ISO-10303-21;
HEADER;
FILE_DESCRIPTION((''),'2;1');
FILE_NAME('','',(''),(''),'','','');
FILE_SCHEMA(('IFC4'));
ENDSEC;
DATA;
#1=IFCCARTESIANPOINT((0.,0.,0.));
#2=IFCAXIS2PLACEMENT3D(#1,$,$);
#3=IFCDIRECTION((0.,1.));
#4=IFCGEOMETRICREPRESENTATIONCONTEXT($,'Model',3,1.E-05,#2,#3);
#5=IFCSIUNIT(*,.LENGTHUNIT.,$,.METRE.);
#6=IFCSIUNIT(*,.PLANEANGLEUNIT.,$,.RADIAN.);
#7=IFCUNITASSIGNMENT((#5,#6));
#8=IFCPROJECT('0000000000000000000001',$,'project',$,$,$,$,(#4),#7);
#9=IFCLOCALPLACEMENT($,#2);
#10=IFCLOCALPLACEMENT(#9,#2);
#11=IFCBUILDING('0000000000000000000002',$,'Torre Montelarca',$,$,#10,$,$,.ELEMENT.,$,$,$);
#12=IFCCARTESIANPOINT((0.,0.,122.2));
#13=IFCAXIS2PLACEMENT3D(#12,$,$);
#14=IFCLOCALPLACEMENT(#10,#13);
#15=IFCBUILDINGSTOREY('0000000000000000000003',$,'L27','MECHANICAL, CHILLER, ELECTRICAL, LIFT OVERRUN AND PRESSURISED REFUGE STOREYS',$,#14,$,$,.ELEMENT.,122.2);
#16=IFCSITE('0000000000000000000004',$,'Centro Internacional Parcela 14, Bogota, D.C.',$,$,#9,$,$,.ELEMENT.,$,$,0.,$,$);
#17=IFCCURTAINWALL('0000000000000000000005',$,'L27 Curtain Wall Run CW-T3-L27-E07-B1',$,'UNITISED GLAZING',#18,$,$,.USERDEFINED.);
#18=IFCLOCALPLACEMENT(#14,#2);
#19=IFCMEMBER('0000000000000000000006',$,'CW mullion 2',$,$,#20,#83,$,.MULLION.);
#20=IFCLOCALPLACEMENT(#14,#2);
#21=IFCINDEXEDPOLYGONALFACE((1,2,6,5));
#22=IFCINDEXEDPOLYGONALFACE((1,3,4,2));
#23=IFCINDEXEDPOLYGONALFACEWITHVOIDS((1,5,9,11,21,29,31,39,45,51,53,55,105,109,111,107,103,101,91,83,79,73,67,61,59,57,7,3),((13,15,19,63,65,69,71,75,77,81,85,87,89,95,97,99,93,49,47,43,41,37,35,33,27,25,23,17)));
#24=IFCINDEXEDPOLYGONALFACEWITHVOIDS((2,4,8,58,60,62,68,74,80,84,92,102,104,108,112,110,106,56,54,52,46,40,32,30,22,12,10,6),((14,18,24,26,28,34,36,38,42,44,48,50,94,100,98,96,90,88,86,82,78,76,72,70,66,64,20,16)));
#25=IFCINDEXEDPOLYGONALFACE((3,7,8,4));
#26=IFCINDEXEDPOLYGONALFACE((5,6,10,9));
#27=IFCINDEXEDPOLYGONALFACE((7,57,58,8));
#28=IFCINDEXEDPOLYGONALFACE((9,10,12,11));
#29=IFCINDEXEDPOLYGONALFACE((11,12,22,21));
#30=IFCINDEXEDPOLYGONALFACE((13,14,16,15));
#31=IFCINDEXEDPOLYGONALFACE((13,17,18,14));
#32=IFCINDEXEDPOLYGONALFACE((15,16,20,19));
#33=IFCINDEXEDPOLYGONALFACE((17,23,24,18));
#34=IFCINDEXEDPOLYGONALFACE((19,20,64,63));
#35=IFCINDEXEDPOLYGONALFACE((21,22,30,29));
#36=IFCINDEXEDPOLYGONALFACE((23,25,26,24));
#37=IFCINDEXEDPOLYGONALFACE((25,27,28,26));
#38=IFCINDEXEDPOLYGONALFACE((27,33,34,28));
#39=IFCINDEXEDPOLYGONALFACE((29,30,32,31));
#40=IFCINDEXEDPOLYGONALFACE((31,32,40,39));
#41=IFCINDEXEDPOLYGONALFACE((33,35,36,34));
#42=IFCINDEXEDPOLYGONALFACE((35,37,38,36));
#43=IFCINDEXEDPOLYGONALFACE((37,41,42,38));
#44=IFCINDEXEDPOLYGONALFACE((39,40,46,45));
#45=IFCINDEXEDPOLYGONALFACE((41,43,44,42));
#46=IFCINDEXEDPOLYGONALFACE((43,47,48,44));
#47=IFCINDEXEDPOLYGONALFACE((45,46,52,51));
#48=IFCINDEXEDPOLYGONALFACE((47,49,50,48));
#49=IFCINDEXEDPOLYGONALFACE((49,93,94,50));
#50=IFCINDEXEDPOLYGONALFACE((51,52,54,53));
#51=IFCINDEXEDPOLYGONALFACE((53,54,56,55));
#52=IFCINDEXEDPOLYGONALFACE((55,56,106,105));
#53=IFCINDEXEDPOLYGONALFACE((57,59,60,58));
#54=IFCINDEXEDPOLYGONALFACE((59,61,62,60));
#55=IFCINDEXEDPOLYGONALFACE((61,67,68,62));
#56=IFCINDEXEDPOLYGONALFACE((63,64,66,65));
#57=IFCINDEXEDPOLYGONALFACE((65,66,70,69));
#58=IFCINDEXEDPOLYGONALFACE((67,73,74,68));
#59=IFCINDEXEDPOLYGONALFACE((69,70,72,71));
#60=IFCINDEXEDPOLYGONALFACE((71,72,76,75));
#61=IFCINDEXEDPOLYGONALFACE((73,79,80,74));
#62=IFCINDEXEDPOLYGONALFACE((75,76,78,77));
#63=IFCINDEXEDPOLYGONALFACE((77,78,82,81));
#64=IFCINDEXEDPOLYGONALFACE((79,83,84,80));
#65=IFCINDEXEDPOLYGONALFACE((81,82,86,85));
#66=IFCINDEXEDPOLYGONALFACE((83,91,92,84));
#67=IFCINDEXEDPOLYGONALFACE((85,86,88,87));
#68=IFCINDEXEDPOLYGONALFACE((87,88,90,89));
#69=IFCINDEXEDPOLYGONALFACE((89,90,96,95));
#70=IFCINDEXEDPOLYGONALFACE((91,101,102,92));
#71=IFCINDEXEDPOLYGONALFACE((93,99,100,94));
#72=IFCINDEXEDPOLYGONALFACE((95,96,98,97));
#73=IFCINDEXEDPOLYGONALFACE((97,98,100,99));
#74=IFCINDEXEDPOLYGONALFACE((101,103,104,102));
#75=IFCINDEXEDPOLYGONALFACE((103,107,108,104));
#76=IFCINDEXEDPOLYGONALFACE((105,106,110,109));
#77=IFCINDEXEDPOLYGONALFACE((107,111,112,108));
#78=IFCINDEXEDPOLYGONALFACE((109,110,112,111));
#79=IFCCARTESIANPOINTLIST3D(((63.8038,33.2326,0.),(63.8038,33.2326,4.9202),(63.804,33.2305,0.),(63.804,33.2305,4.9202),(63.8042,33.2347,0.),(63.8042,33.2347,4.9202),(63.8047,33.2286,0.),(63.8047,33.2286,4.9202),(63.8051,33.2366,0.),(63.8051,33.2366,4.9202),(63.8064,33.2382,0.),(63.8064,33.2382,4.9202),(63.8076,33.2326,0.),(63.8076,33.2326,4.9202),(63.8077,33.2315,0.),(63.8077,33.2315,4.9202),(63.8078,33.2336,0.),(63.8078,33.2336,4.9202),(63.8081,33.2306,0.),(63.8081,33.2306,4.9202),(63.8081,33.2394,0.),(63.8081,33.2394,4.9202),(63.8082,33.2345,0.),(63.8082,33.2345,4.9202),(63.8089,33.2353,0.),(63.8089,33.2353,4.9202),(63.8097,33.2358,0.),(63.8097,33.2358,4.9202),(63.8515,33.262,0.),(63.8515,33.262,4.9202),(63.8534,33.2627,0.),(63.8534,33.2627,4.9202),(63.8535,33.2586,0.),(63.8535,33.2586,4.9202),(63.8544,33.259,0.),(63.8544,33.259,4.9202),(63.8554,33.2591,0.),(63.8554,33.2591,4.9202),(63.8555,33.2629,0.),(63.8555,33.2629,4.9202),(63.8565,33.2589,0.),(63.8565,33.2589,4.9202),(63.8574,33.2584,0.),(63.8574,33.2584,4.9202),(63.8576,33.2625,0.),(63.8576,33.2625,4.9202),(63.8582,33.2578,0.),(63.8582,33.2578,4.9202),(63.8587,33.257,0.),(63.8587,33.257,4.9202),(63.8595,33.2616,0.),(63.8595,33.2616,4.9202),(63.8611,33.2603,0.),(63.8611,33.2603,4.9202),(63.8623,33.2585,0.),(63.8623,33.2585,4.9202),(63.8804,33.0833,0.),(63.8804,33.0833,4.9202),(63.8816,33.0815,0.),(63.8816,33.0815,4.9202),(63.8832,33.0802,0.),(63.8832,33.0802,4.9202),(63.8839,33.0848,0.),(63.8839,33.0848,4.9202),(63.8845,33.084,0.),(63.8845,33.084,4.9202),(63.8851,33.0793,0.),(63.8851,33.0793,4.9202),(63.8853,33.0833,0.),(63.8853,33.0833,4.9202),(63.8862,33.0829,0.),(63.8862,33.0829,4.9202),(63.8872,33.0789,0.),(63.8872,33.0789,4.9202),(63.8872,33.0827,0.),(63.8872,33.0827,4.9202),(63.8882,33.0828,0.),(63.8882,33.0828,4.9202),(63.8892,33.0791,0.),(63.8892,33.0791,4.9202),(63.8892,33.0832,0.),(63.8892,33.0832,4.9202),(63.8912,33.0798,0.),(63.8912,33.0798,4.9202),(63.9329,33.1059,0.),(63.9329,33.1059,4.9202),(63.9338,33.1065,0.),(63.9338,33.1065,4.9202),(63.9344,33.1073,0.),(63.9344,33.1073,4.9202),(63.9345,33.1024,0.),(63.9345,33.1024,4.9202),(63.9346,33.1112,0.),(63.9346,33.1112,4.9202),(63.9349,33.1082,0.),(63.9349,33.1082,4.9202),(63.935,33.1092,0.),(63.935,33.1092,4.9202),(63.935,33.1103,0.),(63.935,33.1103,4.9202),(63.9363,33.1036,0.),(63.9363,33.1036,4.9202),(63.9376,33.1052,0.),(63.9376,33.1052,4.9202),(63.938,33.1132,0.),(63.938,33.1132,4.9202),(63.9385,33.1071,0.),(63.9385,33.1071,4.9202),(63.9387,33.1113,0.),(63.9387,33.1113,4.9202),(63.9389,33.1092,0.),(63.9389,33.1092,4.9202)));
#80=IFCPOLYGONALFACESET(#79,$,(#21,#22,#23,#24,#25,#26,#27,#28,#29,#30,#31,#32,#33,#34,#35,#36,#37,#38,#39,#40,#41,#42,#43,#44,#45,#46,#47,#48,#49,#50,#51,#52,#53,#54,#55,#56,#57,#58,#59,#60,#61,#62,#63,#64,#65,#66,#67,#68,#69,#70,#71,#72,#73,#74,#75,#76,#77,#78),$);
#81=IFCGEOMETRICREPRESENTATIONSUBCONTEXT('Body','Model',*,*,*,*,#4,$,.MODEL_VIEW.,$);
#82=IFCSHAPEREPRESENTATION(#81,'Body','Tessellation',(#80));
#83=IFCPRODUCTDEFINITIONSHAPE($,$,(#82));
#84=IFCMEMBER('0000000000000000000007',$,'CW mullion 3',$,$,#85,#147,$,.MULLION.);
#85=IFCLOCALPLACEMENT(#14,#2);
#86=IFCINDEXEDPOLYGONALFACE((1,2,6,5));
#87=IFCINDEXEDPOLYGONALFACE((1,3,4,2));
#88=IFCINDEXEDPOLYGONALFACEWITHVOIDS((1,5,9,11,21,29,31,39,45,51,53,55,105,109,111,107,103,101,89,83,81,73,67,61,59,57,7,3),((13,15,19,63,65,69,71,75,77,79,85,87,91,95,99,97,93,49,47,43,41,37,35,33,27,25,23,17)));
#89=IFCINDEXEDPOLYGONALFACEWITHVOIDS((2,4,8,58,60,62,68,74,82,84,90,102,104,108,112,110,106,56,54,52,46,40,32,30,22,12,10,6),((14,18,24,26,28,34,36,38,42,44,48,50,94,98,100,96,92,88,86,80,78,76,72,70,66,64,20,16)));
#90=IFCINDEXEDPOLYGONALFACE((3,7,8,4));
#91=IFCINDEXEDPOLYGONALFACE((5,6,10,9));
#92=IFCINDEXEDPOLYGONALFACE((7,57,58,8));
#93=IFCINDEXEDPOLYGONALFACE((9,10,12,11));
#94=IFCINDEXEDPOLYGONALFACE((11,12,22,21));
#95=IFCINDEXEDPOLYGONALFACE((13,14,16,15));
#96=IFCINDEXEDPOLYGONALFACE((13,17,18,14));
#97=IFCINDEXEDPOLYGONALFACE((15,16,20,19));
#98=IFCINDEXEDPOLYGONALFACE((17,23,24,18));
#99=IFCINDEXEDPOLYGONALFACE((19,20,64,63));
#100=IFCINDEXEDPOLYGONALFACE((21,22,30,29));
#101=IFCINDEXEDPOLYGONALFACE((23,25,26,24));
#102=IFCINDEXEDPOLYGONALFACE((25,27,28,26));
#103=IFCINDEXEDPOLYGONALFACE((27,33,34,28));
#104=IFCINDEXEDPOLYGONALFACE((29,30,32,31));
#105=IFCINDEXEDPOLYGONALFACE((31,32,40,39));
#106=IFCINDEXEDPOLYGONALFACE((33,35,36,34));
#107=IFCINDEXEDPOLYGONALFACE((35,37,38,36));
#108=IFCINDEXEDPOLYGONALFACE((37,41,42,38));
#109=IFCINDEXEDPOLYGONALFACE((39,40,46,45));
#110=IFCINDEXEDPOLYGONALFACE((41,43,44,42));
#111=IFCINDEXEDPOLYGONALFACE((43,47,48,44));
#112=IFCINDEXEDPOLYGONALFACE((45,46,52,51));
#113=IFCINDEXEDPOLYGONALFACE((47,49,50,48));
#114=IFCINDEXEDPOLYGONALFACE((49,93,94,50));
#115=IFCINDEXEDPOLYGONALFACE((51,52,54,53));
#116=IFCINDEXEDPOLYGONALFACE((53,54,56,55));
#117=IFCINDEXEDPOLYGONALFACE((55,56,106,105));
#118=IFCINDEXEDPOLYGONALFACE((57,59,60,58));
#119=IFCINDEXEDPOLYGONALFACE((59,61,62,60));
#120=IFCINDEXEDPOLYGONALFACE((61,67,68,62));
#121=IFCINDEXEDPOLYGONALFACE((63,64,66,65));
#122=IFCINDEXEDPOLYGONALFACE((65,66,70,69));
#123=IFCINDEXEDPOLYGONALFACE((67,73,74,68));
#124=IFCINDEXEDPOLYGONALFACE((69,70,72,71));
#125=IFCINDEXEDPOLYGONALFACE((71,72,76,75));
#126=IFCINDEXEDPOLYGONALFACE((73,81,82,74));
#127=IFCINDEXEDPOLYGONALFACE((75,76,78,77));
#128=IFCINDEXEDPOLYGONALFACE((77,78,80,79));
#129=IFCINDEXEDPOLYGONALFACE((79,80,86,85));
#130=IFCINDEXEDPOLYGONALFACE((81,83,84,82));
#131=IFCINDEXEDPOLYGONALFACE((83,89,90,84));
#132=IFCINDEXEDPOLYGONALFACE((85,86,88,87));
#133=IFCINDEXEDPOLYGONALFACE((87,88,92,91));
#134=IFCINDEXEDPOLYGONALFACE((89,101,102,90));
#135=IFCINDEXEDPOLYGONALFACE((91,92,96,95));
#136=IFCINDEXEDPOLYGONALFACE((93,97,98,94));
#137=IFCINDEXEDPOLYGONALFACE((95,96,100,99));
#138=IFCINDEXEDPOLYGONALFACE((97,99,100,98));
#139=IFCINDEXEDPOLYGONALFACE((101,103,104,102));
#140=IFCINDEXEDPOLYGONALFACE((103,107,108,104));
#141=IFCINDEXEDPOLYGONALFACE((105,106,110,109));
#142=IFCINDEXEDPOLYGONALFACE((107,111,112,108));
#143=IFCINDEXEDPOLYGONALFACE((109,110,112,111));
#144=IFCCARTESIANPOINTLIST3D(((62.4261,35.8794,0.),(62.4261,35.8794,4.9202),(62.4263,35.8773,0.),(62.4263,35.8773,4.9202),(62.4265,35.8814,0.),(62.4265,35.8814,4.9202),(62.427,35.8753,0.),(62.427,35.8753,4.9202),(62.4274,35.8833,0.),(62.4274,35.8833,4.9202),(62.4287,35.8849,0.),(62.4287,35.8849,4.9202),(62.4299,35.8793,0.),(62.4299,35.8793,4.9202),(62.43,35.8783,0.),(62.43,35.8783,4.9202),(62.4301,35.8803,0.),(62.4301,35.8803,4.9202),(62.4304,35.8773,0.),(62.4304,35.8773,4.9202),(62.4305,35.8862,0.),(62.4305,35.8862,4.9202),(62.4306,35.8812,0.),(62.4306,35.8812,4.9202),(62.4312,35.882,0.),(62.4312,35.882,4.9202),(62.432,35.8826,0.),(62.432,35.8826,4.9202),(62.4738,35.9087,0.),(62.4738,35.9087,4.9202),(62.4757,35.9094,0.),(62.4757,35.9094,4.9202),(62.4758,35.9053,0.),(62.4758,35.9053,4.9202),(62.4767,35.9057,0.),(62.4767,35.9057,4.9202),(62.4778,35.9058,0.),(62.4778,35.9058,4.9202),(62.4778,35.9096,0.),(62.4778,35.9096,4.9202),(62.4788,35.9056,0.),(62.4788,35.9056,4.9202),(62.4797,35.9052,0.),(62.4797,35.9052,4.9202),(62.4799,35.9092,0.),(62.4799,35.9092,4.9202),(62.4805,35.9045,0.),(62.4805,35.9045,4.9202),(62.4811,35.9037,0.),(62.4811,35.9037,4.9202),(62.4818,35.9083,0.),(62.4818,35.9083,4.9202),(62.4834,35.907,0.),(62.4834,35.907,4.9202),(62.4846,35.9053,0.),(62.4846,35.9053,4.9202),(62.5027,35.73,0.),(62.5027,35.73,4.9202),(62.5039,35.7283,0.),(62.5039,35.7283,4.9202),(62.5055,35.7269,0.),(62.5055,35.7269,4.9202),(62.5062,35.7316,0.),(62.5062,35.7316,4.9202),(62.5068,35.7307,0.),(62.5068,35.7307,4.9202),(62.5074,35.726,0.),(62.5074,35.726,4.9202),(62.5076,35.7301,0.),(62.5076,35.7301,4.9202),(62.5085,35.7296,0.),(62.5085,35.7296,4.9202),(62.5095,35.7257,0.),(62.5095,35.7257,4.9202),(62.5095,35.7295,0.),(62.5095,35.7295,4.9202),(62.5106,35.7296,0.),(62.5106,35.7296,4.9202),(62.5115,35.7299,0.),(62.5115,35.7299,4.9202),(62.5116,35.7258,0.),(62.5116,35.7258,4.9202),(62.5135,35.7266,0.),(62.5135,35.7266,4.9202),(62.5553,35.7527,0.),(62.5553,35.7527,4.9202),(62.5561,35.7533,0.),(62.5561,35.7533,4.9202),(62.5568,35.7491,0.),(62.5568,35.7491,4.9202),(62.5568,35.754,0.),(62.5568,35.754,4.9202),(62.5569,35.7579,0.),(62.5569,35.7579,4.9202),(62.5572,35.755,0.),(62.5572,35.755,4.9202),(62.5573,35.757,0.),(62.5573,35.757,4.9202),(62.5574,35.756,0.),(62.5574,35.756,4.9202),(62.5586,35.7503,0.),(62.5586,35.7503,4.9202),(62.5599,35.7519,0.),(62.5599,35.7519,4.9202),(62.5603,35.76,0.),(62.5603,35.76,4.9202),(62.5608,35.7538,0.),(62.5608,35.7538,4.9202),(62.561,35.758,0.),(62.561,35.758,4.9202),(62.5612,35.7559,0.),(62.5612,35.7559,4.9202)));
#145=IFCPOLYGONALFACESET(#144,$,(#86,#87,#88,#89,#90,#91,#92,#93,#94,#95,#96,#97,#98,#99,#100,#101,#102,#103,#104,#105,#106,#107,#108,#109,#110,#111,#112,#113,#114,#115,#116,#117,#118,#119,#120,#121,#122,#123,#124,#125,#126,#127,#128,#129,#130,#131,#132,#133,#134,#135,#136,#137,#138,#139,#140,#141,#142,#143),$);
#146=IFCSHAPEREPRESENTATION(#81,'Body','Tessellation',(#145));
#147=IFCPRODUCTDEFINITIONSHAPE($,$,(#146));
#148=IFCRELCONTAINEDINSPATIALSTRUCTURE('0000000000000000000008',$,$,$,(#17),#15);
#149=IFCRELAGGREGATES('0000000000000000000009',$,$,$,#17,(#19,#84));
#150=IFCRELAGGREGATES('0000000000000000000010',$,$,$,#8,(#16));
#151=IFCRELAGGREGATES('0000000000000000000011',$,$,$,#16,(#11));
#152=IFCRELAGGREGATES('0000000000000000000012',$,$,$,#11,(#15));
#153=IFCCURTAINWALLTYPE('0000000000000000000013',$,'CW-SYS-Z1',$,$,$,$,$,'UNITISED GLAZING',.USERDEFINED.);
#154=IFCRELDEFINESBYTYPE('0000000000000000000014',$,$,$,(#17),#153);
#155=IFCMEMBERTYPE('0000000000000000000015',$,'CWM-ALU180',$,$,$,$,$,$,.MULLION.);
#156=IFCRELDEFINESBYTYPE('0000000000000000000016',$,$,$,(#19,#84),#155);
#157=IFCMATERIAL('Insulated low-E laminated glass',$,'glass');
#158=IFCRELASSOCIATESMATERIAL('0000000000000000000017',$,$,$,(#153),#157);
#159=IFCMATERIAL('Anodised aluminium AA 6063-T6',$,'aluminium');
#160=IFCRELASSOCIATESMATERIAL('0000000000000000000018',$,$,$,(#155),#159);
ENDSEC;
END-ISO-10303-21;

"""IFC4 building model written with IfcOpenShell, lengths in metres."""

from ifc_helpers import new_model, si_unit, direction, frame, origin, origin_2d, place, context, subcontext, project, spatial, hollow_rectangle, extrude, source, transform, mapped, material, material_profile, profile_set, type_object, element, aggregate, save


model = new_model("IFC4")

# Units and contexts
model_context = context("Model", 3, precision=1e-05, world=origin(), true_north=direction((0.0, 1.0)))
body_context = subcontext(model_context, "Body", "Model", "MODEL_VIEW")
ifc_project = project(units=[si_unit("LENGTHUNIT", "METRE"), si_unit("PLANEANGLEUNIT", "RADIAN")], contexts=[model_context])

# Site, building, storey
site_placement = place(None, origin())
site = spatial("IfcSite", under=ifc_project, at=site_placement, Name="Centro Internacional Parcela 14, Bogota, D.C.", CompositionType="ELEMENT", RefElevation=0.0)
building_placement = place(site_placement, origin())
building = spatial("IfcBuilding", under=site, at=building_placement, Name="Torre Montelarca", CompositionType="ELEMENT")
storey_placement = place(building_placement, frame((0.0, 0.0, 122.2)))
storey = spatial("IfcBuildingStorey", under=building, at=storey_placement, Name="L27", Description="MECHANICAL, CHILLER, ELECTRICAL, LIFT OVERRUN AND PRESSURISED REFUGE STOREYS", CompositionType="ELEMENT", Elevation=122.2)

# Curtain wall
ifc_material_1 = material(Name="Insulated low-E laminated glass", Category="glass")
curtain_wall_type = type_object("IfcCurtainWallType", Name="CW-SYS-Z1", ElementType="UNITISED GLAZING", PredefinedType="USERDEFINED", material=ifc_material_1)
curtain_wall_1_placement = place(storey_placement, origin())
curtain_wall_1 = element("IfcCurtainWall", 1, at=curtain_wall_1_placement, inside=storey, type_object=curtain_wall_type, Name="L27 Curtain Wall Run CW-T3-L27-E07-B1", ObjectType="UNITISED GLAZING", PredefinedType="USERDEFINED")
ifc_material_2 = material(Name="Anodised aluminium AA 6063-T6", Category="aluminium")

# Members
ifc_material_profile_1 = material_profile(ifc_material_2, hollow_rectangle(XDim=0.0649, YDim=0.1799, WallThickness=0.0039, InnerFilletRadius=0.0039, OuterFilletRadius=0.0081, at=origin_2d()), Name="ALU65X180X4", Category="aluminium")
ifc_profile_set_1 = profile_set([ifc_material_profile_1], Name="Anodised aluminium AA 6063-T6")
member_type_1 = type_object("IfcMemberType", Name="CWM-ALU180", PredefinedType="MULLION", material=ifc_profile_set_1)
shared_shape_1 = source(origin(), body_context, "Body", "SweptSolid", [
    extrude(hollow_rectangle(XDim=0.0649, YDim=0.1799, WallThickness=0.0039, InnerFilletRadius=0.0039, OuterFilletRadius=0.0081, at=origin_2d()), origin(), (0.0, 0.0, 1.0), 4.9202),
])
member_1_placement = place(storey_placement, frame((63.8713, 33.1709, 0.0), z_axis=(0.0, 0.0, 1.0), x_axis=(-0.887014, -0.461742, 0.0)))
member_1 = element("IfcMember", 2, at=member_1_placement, type_object=member_type_1, Name="CW mullion 2", PredefinedType="MULLION", context=body_context, shape_type="MappedRepresentation", body=[
    mapped(shared_shape_1, transform((0.0, 0.0, 0.0), scale=1.0)),
])
member_2_placement = place(storey_placement, frame((62.4937, 35.8176, 0.0), z_axis=(0.0, 0.0, 1.0), x_axis=(-0.887014, -0.461742, 0.0)))
member_2 = element("IfcMember", 3, at=member_2_placement, type_object=member_type_1, Name="CW mullion 3", PredefinedType="MULLION", context=body_context, shape_type="MappedRepresentation", body=[
    mapped(shared_shape_1, transform((0.0, 0.0, 0.0), scale=1.0)),
])

aggregate(curtain_wall_1, [member_1, member_2])

save(model, "model.ifc")
